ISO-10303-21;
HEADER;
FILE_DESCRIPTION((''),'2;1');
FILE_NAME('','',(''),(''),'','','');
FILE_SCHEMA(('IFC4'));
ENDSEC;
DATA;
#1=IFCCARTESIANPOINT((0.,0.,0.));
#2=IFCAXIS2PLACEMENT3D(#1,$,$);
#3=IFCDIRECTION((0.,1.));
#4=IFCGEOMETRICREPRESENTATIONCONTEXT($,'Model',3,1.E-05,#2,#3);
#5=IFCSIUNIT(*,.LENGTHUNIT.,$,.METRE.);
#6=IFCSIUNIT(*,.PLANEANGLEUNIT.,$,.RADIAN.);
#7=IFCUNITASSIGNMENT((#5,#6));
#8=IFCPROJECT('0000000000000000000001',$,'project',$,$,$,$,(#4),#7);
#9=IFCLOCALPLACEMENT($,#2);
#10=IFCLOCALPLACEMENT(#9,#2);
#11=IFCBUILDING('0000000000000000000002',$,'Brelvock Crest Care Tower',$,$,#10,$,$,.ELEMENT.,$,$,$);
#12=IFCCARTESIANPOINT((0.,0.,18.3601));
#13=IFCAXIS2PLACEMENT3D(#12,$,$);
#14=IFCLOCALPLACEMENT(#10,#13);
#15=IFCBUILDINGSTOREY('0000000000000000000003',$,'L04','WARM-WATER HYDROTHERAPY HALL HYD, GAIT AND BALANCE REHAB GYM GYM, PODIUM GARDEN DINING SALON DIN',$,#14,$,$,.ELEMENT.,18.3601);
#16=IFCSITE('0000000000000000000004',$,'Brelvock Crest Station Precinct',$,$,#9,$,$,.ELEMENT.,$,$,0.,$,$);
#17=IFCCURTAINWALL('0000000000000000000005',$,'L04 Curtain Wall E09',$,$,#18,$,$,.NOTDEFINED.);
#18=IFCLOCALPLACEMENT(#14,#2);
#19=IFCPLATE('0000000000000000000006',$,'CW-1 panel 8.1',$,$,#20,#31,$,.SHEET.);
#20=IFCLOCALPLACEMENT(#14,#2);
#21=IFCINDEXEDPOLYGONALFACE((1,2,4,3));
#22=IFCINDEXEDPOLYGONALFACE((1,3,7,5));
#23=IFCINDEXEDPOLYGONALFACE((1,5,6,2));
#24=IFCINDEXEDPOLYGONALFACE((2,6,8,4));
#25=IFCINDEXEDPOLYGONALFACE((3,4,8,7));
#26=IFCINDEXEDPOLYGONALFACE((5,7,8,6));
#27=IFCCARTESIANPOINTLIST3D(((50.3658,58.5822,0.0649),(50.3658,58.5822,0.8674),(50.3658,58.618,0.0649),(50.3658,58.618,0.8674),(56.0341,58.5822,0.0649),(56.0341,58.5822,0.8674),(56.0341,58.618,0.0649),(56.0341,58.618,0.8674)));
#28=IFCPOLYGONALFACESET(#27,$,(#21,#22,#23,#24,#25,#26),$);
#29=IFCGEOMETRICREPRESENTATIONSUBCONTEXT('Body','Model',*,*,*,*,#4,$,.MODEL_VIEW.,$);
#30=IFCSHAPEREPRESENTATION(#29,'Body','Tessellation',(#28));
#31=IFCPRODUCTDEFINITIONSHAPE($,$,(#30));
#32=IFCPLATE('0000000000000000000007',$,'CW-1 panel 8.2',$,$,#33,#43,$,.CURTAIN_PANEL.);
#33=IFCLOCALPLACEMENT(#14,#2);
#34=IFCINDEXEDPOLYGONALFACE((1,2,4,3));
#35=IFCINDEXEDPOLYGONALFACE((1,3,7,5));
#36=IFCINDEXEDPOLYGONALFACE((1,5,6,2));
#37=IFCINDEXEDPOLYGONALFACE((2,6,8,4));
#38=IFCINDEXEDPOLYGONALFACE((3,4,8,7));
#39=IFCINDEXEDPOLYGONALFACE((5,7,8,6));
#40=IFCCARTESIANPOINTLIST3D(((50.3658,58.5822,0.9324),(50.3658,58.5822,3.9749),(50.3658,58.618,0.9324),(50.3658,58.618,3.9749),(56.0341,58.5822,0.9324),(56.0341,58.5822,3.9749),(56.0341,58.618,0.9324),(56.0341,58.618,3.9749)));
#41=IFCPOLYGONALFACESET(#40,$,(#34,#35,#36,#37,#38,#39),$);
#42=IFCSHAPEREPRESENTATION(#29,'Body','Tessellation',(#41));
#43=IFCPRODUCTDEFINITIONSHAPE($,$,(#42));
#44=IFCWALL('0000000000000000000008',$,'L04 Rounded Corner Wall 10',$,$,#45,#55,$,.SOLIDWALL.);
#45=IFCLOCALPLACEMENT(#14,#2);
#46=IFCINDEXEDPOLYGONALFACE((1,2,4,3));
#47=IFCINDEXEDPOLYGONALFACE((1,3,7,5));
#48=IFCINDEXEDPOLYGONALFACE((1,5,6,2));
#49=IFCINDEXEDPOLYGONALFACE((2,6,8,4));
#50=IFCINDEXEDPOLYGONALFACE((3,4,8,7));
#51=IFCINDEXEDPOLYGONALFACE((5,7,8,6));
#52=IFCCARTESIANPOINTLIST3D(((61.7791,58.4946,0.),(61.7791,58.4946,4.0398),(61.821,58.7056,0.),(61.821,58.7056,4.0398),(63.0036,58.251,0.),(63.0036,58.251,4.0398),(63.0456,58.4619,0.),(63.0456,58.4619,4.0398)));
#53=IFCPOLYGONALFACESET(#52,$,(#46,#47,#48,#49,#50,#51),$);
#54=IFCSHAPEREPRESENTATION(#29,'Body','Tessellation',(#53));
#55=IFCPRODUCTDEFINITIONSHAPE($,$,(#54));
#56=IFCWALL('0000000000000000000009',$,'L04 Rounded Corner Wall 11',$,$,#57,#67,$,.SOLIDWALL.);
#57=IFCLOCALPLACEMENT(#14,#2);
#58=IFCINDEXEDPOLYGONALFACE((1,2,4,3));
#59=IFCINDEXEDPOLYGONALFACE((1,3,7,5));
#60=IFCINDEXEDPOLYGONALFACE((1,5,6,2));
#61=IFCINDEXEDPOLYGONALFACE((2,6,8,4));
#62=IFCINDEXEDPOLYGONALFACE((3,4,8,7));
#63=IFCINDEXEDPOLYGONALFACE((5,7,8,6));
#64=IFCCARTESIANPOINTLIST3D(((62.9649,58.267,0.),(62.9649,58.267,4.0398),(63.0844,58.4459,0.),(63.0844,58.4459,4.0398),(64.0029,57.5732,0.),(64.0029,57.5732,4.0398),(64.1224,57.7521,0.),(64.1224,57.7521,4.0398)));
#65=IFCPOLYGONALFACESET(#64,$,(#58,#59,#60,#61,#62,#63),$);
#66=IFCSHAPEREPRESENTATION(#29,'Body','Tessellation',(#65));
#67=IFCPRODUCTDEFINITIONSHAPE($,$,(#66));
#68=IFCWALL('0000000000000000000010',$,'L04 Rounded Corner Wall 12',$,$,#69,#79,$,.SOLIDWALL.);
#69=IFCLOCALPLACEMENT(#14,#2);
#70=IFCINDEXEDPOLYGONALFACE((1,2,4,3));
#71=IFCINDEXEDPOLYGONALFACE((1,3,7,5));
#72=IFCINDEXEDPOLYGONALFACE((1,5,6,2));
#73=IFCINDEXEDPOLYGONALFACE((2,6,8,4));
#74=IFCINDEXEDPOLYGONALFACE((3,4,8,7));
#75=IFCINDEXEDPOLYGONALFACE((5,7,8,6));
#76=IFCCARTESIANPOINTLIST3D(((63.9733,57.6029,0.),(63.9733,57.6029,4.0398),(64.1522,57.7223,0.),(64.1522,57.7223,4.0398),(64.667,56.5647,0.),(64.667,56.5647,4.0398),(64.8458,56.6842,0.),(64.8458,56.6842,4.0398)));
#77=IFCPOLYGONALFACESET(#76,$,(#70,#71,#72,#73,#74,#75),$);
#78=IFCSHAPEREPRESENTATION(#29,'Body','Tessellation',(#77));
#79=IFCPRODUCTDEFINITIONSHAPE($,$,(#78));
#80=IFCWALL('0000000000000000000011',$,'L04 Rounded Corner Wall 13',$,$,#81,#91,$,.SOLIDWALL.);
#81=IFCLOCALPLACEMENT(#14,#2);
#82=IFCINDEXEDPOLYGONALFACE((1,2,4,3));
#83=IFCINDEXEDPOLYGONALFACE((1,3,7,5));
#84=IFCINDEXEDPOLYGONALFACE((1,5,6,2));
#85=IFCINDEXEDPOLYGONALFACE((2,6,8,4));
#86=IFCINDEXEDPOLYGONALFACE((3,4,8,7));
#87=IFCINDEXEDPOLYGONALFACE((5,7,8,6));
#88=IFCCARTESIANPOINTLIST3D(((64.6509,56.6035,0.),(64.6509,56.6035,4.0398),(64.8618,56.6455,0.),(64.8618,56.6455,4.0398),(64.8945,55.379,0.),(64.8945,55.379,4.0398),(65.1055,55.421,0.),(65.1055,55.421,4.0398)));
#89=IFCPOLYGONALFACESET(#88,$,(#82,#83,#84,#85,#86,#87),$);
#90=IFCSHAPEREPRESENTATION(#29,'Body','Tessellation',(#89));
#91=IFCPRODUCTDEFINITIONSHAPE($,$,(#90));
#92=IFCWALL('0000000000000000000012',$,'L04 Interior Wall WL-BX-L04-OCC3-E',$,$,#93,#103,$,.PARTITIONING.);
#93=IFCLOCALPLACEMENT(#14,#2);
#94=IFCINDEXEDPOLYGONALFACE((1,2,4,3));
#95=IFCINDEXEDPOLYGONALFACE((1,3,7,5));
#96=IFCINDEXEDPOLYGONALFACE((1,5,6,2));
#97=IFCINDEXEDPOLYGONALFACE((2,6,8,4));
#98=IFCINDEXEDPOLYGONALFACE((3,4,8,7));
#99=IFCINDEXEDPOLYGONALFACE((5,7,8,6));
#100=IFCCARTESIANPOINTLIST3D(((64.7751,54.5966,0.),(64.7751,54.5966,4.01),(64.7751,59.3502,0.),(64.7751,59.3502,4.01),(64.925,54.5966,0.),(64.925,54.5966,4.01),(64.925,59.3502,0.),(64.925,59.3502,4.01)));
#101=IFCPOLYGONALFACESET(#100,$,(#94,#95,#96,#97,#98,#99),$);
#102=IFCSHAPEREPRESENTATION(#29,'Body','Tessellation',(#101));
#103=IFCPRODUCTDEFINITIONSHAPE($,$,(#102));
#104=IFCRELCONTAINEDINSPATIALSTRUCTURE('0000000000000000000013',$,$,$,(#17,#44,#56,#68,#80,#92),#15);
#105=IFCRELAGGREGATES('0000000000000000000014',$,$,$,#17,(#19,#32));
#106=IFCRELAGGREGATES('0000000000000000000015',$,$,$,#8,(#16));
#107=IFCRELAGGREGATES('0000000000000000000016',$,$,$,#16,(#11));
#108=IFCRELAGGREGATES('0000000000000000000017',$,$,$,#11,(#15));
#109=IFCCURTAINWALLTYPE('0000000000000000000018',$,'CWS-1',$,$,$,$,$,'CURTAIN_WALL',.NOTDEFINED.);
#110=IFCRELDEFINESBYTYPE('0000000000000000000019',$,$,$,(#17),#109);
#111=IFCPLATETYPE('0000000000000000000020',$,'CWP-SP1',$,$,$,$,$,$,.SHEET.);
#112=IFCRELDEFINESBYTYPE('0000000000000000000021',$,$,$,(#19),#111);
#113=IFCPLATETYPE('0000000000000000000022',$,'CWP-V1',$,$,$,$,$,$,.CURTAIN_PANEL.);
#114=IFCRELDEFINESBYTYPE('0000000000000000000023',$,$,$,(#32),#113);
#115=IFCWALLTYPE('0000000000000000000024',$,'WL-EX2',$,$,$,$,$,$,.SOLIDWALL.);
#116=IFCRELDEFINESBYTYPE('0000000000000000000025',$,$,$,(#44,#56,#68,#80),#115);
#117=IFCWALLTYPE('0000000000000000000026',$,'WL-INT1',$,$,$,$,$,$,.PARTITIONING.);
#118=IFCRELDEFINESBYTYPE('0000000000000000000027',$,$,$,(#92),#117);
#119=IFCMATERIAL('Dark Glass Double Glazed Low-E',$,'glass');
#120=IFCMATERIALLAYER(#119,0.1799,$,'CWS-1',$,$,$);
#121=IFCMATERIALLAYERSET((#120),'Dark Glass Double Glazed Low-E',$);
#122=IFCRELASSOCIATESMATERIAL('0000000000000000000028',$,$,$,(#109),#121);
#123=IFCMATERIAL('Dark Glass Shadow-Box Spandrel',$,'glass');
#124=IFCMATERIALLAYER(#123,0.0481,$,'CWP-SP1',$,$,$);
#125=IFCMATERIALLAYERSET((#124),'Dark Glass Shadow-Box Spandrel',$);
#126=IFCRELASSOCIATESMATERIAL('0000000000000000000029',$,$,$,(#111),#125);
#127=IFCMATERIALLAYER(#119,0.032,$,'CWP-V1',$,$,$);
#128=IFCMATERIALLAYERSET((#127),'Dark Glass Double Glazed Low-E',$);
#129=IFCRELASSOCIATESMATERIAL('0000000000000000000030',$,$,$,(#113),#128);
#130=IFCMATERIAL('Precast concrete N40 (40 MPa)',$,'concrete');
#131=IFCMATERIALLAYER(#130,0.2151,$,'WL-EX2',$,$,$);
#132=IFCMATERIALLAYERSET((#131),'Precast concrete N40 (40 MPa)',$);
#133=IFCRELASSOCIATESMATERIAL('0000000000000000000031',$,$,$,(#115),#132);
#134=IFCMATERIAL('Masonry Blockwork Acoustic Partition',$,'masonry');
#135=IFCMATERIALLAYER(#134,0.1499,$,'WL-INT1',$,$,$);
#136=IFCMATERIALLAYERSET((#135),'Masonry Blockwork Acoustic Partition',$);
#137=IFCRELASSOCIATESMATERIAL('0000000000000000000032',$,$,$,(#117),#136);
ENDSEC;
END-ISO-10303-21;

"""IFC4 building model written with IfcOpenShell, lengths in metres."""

from ifc_helpers import new_model, si_unit, direction, frame, frame_2d, origin, origin_2d, place, context, subcontext, project, spatial, rectangle, extrude, source, transform, mapped, material, layer, layer_set, type_object, element, aggregate, save


model = new_model("IFC4")

# Units and contexts
model_context = context("Model", 3, precision=1e-05, world=origin(), true_north=direction((0.0, 1.0)))
body_context = subcontext(model_context, "Body", "Model", "MODEL_VIEW")
ifc_project = project(units=[si_unit("LENGTHUNIT", "METRE"), si_unit("PLANEANGLEUNIT", "RADIAN")], contexts=[model_context])

# Site, building, storey
site_placement = place(None, origin())
site = spatial("IfcSite", under=ifc_project, at=site_placement, Name="Brelvock Crest Station Precinct", CompositionType="ELEMENT", RefElevation=0.0)
building_placement = place(site_placement, origin())
building = spatial("IfcBuilding", under=site, at=building_placement, Name="Brelvock Crest Care Tower", CompositionType="ELEMENT")
storey_placement = place(building_placement, frame((0.0, 0.0, 18.3601)))
storey = spatial("IfcBuildingStorey", under=building, at=storey_placement, Name="L04", Description="WARM-WATER HYDROTHERAPY HALL HYD, GAIT AND BALANCE REHAB GYM GYM, PODIUM GARDEN DINING SALON DIN", CompositionType="ELEMENT", Elevation=18.3601)

# Curtain wall
ifc_material_1 = material(Name="Dark Glass Double Glazed Low-E", Category="glass")
ifc_layer_1 = layer(ifc_material_1, 0.1799, Name="CWS-1")
ifc_layer_set_1 = layer_set([ifc_layer_1], Name="Dark Glass Double Glazed Low-E")
curtain_wall_type = type_object("IfcCurtainWallType", Name="CWS-1", ElementType="CURTAIN_WALL", PredefinedType="NOTDEFINED", material=ifc_layer_set_1)
curtain_wall_1_placement = place(storey_placement, origin())
curtain_wall_1 = element("IfcCurtainWall", 1, at=curtain_wall_1_placement, inside=storey, type_object=curtain_wall_type, Name="L04 Curtain Wall E09", PredefinedType="NOTDEFINED")

# Plates
ifc_material_2 = material(Name="Dark Glass Shadow-Box Spandrel", Category="glass")
ifc_layer_2 = layer(ifc_material_2, 0.0481, Name="CWP-SP1")
ifc_layer_set_2 = layer_set([ifc_layer_2], Name="Dark Glass Shadow-Box Spandrel")
plate_type_1 = type_object("IfcPlateType", Name="CWP-SP1", PredefinedType="SHEET", material=ifc_layer_set_2)
ifc_layer_3 = layer(ifc_material_1, 0.032, Name="CWP-V1")
ifc_layer_set_3 = layer_set([ifc_layer_3], Name="Dark Glass Double Glazed Low-E")
plate_type_2 = type_object("IfcPlateType", Name="CWP-V1", PredefinedType="CURTAIN_PANEL", material=ifc_layer_set_3)
shared_shape_1 = source(origin(), body_context, "Body", "SweptSolid", [
    extrude(rectangle(XDim=5.6682, YDim=0.0359, at=origin_2d()), origin(), (0.0, 0.0, 1.0), 0.8025),
])
plate_1_placement = place(storey_placement, frame((53.2, 58.6001, 0.0649), z_axis=(0.0, 0.0, 1.0), x_axis=(1.0, 0.0, 0.0)))
plate_1 = element("IfcPlate", 2, at=plate_1_placement, type_object=plate_type_1, Name="CW-1 panel 8.1", PredefinedType="SHEET", context=body_context, shape_type="MappedRepresentation", body=[
    mapped(shared_shape_1, transform((0.0, 0.0, 0.0), x_axis=(1.0, 0.0, 0.0), y_axis=(0.0, 1.0, 0.0), z_axis=(0.0, 0.0, 1.0), scale=1.0)),
])
shared_shape_2 = source(origin(), body_context, "Body", "SweptSolid", [
    extrude(rectangle(XDim=5.6682, YDim=0.0359, at=origin_2d()), origin(), (0.0, 0.0, 1.0), 3.0425),
])
plate_2_placement = place(storey_placement, frame((53.2, 58.6001, 0.9324), z_axis=(0.0, 0.0, 1.0), x_axis=(1.0, 0.0, 0.0)))
plate_2 = element("IfcPlate", 3, at=plate_2_placement, type_object=plate_type_2, Name="CW-1 panel 8.2", PredefinedType="CURTAIN_PANEL", context=body_context, shape_type="MappedRepresentation", body=[
    mapped(shared_shape_2, transform((0.0, 0.0, 0.0), x_axis=(1.0, 0.0, 0.0), y_axis=(0.0, 1.0, 0.0), z_axis=(0.0, 0.0, 1.0), scale=1.0)),
])
aggregate(curtain_wall_1, [plate_1, plate_2])

# Walls
ifc_material_3 = material(Name="Precast concrete N40 (40 MPa)", Category="concrete")
ifc_layer_4 = layer(ifc_material_3, 0.2151, Name="WL-EX2")
ifc_layer_set_4 = layer_set([ifc_layer_4], Name="Precast concrete N40 (40 MPa)")
wall_type_1 = type_object("IfcWallType", Name="WL-EX2", PredefinedType="SOLIDWALL", material=ifc_layer_set_4)
for number, where, z_axis, x_axis, name in (
    (4, (61.8, 58.6001, 0.0), (0.0, 0.0, 1.0), (0.980776, -0.195138, 0.0), "L04 Rounded Corner Wall 10"),
    (5, (63.0247, 58.3564, 0.0), (0.0, 0.0, 1.0), (0.831388, -0.555692, 0.0), "L04 Rounded Corner Wall 11"),
    (6, (64.0627, 57.6626, 0.0), (0.0, 0.0, 1.0), (0.555557, -0.831478, 0.0), "L04 Rounded Corner Wall 12"),
    (7, (64.7563, 56.6245, 0.0), (0.0, 0.0, 1.0), (0.195138, -0.980776, 0.0), "L04 Rounded Corner Wall 13"),
):
    element("IfcWall", number, at=place(storey_placement, frame(where, z_axis=z_axis, x_axis=x_axis)), inside=storey, type_object=wall_type_1, Name=name, PredefinedType="SOLIDWALL", context=body_context, shape_type="SweptSolid", body=[
        extrude(rectangle(XDim=1.2485, YDim=0.2151, at=frame_2d((0.6243, 0.0))), origin(), (0.0, 0.0, 1.0), 4.0398),
    ])
ifc_material_4 = material(Name="Masonry Blockwork Acoustic Partition", Category="masonry")
ifc_layer_5 = layer(ifc_material_4, 0.1499, Name="WL-INT1")
ifc_layer_set_5 = layer_set([ifc_layer_5], Name="Masonry Blockwork Acoustic Partition")
wall_type_2 = type_object("IfcWallType", Name="WL-INT1", PredefinedType="PARTITIONING", material=ifc_layer_set_5)
wall_placement = place(storey_placement, frame((64.8501, 54.5964, 0.0), z_axis=(0.0, 0.0, 1.0), x_axis=(0.0, 1.0, 0.0)))
element("IfcWall", 8, at=wall_placement, inside=storey, type_object=wall_type_2, Name="L04 Interior Wall WL-BX-L04-OCC3-E", PredefinedType="PARTITIONING", context=body_context, shape_type="SweptSolid", body=[
    extrude(rectangle(XDim=4.7537, YDim=0.1499, at=frame_2d((2.377, 0.0))), origin(), (0.0, 0.0, 1.0), 4.01),
])

save(model, "model.ifc")
